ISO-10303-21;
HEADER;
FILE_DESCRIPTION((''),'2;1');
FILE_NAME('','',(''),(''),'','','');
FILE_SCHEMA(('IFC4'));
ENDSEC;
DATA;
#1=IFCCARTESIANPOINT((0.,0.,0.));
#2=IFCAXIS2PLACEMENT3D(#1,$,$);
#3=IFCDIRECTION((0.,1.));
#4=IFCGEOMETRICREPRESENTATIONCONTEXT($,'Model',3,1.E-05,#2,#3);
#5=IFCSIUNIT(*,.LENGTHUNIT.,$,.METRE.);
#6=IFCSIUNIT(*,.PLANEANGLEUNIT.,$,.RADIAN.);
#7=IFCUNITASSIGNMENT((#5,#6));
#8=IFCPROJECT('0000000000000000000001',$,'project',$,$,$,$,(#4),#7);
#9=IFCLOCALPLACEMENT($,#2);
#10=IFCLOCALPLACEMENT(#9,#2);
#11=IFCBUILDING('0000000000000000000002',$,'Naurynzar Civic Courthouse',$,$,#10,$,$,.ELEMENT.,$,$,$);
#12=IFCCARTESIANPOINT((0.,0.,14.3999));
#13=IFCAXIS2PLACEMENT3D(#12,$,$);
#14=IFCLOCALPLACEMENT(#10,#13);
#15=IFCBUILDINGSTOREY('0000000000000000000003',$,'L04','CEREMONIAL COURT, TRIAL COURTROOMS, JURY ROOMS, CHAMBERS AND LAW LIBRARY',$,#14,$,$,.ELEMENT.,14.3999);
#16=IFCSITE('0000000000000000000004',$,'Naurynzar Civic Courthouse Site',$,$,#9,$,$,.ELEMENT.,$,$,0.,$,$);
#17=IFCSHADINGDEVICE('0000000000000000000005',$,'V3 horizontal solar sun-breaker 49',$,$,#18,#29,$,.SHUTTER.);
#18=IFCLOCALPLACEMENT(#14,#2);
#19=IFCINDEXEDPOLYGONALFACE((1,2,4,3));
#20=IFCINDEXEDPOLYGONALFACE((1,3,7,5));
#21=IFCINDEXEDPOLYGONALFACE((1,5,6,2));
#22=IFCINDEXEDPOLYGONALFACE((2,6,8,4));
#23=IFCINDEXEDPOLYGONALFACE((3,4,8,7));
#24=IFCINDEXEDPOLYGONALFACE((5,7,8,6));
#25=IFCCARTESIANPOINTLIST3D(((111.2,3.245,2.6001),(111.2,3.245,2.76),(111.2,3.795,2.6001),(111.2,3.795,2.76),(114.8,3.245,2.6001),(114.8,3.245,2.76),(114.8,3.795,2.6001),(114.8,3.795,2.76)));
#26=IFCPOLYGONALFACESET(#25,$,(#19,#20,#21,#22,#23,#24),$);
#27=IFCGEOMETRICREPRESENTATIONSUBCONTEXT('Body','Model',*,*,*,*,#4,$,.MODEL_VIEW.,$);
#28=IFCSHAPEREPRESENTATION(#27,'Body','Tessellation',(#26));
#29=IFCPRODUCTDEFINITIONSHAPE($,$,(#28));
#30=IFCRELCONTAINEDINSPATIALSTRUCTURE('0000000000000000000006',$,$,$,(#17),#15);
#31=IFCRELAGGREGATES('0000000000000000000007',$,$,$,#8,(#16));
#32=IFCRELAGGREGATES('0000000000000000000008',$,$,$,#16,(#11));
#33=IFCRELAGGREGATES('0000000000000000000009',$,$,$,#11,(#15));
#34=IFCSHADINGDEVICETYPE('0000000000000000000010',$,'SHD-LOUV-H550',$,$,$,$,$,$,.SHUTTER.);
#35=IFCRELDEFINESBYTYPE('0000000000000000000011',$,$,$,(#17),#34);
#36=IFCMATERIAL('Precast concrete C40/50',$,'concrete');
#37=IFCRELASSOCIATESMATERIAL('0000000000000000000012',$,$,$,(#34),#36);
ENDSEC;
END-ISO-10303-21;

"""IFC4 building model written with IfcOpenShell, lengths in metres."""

from ifc_helpers import new_model, si_unit, direction, frame, origin, origin_2d, place, context, subcontext, project, spatial, rectangle, extrude, material, type_object, element, save


model = new_model("IFC4")

# Units and contexts
model_context = context("Model", 3, precision=1e-05, world=origin(), true_north=direction((0.0, 1.0)))
body_context = subcontext(model_context, "Body", "Model", "MODEL_VIEW")
ifc_project = project(units=[si_unit("LENGTHUNIT", "METRE"), si_unit("PLANEANGLEUNIT", "RADIAN")], contexts=[model_context])

# Site, building, storey
site_placement = place(None, origin())
site = spatial("IfcSite", under=ifc_project, at=site_placement, Name="Naurynzar Civic Courthouse Site", CompositionType="ELEMENT", RefElevation=0.0)
building_placement = place(site_placement, origin())
building = spatial("IfcBuilding", under=site, at=building_placement, Name="Naurynzar Civic Courthouse", CompositionType="ELEMENT")
storey_placement = place(building_placement, frame((0.0, 0.0, 14.3999)))
storey = spatial("IfcBuildingStorey", under=building, at=storey_placement, Name="L04", Description="CEREMONIAL COURT, TRIAL COURTROOMS, JURY ROOMS, CHAMBERS AND LAW LIBRARY", CompositionType="ELEMENT", Elevation=14.3999)

# Shading device
ifc_material_1 = material(Name="Precast concrete C40/50", Category="concrete")
shading_device_type_1 = type_object("IfcShadingDeviceType", Name="SHD-LOUV-H550", PredefinedType="SHUTTER", material=ifc_material_1)
shading_device_placement = place(storey_placement, frame((113.0, 3.52, 2.6001), z_axis=(0.0, 0.0, 1.0), x_axis=(-1.0, 0.0, 0.0)))
element("IfcShadingDevice", 1, at=shading_device_placement, inside=storey, type_object=shading_device_type_1, Name="V3 horizontal solar sun-breaker 49", PredefinedType="SHUTTER", context=body_context, shape_type="SweptSolid", body=[
    extrude(rectangle(XDim=3.6001, YDim=0.55, at=origin_2d()), origin(), (0.0, 0.0, 1.0), 0.1599),
])

save(model, "model.ifc")
